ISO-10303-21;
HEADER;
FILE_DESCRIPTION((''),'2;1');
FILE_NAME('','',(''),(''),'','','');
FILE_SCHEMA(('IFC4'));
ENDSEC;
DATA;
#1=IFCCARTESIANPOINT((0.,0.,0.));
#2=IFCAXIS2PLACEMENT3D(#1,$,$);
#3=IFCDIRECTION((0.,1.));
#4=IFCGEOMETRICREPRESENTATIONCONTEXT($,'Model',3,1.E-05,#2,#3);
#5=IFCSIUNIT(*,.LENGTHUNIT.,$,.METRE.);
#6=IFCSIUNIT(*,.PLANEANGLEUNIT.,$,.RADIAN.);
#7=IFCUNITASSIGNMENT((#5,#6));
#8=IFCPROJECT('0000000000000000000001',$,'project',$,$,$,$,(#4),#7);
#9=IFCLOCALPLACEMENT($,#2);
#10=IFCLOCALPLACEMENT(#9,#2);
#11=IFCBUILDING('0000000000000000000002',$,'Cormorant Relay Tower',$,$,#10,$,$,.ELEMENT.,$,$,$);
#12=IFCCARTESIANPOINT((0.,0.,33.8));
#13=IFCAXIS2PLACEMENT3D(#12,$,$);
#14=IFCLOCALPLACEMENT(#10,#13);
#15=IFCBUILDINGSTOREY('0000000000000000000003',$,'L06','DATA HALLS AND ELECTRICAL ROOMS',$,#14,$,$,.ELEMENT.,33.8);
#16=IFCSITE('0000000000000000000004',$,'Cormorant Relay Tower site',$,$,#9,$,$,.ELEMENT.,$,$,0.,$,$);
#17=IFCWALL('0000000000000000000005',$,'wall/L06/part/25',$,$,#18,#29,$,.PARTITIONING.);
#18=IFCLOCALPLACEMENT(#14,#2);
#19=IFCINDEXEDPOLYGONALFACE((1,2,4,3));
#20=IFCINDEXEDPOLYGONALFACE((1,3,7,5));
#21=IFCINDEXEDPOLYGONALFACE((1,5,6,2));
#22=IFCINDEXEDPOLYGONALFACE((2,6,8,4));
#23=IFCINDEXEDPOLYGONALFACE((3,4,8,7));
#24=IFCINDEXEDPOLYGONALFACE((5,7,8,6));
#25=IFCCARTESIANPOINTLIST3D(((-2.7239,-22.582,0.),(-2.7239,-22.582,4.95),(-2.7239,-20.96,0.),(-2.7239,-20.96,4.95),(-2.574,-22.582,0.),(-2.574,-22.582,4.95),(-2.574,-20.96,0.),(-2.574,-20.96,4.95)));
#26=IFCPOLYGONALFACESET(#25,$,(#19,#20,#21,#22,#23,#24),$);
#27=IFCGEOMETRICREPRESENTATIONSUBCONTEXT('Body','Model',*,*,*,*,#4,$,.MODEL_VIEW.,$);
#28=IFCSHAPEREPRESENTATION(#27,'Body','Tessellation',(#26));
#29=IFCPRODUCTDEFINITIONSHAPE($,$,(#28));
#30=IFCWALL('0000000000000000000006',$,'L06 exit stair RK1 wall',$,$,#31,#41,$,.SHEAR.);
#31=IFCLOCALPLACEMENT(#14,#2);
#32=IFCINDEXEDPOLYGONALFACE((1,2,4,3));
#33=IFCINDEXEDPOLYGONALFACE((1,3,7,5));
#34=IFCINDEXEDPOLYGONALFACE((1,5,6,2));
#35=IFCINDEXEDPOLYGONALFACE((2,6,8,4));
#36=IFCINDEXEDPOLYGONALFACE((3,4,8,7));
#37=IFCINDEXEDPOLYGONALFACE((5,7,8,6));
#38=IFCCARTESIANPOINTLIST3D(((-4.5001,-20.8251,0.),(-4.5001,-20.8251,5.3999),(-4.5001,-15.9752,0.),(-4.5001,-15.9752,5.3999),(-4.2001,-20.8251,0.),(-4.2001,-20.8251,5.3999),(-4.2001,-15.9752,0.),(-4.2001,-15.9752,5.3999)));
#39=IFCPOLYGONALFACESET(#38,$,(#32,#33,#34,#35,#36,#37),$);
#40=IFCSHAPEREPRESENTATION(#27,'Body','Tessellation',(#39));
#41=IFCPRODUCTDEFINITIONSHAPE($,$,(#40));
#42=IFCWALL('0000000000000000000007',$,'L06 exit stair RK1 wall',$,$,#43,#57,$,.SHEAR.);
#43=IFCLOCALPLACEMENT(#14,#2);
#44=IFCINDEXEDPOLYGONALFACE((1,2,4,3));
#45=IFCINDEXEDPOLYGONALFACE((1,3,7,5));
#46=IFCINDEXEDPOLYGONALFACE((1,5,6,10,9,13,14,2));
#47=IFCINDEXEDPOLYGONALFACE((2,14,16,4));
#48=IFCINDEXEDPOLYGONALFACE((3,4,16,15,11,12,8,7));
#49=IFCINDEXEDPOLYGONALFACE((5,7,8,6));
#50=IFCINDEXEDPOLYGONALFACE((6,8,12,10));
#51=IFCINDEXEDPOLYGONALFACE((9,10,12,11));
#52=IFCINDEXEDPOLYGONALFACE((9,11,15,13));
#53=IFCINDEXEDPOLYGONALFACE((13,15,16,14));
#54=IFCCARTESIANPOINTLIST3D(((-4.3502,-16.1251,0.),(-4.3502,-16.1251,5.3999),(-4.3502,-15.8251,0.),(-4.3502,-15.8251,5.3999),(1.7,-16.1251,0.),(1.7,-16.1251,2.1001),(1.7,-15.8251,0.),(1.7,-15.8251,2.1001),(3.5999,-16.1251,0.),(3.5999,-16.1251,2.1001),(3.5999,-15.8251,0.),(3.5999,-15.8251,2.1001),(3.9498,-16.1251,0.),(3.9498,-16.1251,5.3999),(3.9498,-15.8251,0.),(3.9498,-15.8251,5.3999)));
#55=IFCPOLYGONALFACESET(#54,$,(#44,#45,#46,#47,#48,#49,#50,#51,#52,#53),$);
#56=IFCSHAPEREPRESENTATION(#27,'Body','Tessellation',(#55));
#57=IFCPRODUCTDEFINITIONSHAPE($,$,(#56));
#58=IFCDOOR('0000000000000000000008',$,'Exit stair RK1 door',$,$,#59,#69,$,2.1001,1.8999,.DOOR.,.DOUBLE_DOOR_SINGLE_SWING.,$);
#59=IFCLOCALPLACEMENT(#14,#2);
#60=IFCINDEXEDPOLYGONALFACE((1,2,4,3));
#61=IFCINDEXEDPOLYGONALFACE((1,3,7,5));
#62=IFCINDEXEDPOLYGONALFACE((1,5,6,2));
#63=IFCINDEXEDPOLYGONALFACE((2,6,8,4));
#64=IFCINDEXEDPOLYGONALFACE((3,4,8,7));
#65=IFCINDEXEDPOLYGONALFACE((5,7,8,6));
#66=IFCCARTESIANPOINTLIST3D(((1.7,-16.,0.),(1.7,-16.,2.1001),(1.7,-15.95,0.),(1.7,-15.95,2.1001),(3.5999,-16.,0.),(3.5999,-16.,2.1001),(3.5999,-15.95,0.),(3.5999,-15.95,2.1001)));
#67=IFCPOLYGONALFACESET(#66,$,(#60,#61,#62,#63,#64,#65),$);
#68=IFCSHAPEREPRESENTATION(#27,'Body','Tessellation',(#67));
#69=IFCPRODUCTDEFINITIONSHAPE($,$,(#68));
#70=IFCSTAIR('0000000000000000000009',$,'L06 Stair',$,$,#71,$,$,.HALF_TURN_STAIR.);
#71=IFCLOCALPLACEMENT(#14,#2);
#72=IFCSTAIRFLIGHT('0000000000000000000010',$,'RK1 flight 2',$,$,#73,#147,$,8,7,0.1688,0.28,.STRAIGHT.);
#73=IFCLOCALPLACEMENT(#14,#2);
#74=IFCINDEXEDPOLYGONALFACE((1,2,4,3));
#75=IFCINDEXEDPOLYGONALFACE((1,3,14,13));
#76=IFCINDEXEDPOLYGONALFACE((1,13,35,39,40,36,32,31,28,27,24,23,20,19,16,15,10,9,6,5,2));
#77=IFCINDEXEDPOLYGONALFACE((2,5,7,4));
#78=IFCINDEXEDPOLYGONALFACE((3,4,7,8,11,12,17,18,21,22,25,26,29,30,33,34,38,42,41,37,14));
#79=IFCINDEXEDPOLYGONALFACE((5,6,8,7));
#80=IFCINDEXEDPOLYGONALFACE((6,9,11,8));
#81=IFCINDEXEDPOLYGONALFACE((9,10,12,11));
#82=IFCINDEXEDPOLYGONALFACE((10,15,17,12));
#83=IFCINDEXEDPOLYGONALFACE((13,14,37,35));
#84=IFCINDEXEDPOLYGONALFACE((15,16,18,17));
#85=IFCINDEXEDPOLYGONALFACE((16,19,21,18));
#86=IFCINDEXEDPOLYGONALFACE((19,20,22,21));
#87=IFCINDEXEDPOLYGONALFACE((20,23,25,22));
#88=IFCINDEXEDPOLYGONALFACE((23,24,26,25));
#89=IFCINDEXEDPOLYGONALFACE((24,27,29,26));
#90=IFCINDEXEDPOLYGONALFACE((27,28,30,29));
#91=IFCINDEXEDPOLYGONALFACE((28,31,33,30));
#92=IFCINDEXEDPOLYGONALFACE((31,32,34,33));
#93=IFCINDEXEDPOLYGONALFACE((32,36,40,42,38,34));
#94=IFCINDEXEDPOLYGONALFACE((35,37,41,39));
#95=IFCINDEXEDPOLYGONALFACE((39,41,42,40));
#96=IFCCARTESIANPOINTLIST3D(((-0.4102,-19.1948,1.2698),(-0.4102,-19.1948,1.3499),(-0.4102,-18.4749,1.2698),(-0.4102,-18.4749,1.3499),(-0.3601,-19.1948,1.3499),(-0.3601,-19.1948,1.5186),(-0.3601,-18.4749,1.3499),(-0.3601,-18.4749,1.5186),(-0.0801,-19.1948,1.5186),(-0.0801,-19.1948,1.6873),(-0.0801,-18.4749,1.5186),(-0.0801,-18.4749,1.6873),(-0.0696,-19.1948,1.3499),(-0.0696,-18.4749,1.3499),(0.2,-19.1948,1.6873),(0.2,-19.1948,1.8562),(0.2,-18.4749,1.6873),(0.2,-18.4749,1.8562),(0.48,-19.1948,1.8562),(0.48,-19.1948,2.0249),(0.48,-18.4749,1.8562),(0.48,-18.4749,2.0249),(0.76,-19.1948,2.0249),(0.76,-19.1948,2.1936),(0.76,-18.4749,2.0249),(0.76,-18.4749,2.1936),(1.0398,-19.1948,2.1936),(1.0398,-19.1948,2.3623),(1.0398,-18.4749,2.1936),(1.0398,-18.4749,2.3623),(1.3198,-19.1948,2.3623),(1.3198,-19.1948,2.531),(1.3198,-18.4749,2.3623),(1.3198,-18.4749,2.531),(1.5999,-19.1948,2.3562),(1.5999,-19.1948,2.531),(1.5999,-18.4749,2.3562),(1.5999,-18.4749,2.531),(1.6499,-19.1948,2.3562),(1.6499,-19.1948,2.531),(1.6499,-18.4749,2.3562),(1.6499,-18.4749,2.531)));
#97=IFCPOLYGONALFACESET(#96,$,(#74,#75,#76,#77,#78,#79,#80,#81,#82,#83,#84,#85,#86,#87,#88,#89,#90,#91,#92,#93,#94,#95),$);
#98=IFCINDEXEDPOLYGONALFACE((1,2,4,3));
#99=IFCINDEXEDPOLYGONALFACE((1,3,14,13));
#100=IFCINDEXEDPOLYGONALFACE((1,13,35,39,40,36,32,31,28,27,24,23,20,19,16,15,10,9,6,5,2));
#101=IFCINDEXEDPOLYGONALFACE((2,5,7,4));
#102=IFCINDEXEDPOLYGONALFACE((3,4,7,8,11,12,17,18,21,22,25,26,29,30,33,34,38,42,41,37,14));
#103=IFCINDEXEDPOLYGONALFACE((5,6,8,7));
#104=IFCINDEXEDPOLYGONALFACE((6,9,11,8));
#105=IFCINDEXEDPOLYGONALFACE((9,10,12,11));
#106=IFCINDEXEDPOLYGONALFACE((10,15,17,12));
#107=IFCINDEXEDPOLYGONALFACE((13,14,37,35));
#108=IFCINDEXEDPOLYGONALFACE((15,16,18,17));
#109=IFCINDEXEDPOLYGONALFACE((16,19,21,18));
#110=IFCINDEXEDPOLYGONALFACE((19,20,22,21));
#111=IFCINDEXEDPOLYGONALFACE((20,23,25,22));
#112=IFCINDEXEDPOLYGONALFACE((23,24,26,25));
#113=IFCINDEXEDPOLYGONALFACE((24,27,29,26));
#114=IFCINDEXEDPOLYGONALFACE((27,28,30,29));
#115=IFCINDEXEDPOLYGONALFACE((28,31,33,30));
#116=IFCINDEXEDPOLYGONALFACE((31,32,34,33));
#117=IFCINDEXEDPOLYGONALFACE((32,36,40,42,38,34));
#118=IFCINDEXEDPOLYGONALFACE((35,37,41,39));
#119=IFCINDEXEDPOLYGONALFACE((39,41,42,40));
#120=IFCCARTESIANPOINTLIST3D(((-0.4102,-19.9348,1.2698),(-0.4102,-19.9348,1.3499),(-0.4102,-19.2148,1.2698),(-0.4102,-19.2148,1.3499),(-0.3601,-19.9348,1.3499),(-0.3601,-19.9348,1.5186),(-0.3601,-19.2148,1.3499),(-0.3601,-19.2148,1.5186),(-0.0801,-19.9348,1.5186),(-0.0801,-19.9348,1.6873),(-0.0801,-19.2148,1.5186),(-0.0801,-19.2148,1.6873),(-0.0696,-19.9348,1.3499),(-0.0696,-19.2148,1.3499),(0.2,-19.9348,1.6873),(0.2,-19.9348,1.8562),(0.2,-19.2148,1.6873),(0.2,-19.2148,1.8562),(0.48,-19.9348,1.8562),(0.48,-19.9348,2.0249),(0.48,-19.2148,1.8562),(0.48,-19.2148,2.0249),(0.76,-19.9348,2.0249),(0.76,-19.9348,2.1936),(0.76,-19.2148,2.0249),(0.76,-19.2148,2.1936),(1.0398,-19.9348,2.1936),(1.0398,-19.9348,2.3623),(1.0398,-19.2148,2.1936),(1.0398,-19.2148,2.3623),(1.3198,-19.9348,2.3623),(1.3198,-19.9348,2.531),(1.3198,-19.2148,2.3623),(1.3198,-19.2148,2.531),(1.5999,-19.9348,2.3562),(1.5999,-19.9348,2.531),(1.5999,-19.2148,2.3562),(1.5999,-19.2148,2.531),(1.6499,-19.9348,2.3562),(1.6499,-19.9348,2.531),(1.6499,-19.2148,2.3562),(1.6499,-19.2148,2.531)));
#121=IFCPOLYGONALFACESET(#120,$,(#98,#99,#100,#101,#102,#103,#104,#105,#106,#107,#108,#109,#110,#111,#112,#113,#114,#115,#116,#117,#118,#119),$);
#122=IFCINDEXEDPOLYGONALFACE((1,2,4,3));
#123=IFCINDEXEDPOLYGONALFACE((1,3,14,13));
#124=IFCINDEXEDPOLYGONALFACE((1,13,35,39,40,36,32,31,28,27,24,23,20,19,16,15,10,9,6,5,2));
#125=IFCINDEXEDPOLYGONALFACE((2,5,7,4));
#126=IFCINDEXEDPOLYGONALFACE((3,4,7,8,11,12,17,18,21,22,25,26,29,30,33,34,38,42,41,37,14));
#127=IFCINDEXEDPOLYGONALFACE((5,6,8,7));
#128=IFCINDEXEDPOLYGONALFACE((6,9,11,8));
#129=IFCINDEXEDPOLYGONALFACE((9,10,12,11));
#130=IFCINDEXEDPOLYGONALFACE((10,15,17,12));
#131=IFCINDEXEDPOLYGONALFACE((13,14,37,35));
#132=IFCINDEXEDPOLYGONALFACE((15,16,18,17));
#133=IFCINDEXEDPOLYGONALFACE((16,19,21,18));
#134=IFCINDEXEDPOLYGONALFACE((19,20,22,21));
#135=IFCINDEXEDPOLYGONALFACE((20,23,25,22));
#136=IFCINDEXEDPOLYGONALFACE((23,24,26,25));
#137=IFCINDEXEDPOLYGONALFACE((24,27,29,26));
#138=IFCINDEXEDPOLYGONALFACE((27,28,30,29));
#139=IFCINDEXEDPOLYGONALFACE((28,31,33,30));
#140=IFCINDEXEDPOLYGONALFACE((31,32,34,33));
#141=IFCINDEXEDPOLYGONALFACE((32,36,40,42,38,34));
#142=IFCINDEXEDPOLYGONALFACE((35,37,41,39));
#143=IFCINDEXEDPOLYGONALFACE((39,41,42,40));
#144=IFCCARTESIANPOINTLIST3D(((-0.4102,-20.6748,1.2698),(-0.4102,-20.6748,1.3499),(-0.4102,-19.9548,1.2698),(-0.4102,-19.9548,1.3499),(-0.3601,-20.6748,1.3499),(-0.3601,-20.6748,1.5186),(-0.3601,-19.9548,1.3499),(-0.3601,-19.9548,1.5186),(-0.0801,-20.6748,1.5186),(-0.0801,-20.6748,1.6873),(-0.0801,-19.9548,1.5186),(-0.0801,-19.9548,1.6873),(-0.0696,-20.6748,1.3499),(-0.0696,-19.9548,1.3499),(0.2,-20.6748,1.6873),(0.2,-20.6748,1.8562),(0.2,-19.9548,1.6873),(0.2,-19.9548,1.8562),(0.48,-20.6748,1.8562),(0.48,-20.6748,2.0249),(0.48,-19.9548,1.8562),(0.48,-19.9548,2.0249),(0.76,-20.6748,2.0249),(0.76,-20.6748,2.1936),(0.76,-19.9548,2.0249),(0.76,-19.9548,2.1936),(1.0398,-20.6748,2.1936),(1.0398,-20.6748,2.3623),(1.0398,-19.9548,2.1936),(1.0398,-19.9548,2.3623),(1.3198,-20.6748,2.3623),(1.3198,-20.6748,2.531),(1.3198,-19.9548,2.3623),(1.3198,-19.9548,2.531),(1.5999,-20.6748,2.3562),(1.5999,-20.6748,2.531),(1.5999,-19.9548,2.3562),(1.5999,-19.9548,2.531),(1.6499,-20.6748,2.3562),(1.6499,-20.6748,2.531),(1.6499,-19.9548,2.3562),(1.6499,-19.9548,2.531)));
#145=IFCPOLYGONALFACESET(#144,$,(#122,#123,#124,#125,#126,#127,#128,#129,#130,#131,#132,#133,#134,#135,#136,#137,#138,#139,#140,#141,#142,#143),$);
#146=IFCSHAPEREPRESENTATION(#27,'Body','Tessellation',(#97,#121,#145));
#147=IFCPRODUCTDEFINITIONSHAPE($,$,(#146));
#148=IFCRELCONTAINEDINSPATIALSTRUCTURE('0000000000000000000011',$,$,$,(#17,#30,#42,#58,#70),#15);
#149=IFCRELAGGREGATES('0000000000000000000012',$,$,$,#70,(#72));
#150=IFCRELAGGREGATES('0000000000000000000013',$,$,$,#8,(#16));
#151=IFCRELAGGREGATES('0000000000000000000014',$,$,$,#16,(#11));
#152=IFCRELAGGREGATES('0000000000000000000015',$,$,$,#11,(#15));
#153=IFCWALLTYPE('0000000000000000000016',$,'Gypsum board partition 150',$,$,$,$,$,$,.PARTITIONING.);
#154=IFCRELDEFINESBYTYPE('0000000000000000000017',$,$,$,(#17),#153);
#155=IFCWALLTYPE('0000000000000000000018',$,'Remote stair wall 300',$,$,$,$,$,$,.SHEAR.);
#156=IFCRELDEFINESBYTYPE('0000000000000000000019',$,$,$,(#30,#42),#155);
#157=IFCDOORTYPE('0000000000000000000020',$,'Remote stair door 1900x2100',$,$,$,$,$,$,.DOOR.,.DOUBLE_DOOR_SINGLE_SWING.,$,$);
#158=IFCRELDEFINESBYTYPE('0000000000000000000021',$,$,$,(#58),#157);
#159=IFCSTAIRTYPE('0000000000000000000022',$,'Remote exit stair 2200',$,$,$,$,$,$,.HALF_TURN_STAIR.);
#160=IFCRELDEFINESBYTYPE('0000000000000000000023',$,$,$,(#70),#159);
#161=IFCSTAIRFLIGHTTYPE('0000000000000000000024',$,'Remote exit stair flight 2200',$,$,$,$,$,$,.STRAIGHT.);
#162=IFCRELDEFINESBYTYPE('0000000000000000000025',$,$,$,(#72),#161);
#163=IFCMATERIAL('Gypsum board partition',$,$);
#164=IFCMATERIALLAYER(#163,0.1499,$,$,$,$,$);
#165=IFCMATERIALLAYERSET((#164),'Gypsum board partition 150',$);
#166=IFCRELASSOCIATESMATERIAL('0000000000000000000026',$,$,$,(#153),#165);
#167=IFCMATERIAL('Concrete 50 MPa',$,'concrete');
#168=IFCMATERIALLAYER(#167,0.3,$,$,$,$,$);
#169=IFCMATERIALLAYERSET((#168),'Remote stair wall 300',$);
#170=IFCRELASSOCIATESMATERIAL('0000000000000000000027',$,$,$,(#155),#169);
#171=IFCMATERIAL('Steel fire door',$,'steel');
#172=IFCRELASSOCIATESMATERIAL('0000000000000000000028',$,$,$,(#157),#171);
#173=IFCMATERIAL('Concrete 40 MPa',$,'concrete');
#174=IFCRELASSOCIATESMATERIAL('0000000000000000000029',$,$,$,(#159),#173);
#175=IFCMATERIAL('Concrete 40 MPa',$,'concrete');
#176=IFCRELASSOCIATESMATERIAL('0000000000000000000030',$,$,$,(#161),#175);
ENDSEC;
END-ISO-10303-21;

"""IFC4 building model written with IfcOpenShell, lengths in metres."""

from ifc_helpers import new_model, si_unit, direction, frame, frame_2d, origin, place, context, subcontext, project, spatial, polyline, rectangle, outline, extrude, material, layer, layer_set, type_object, element, fill, aggregate, save


model = new_model("IFC4")

# Units and contexts
model_context = context("Model", 3, precision=1e-05, world=origin(), true_north=direction((0.0, 1.0)))
body_context = subcontext(model_context, "Body", "Model", "MODEL_VIEW")
ifc_project = project(units=[si_unit("LENGTHUNIT", "METRE"), si_unit("PLANEANGLEUNIT", "RADIAN")], contexts=[model_context])

# Site, building, storey
site_placement = place(None, origin())
site = spatial("IfcSite", under=ifc_project, at=site_placement, Name="Cormorant Relay Tower site", CompositionType="ELEMENT", RefElevation=0.0)
building_placement = place(site_placement, origin())
building = spatial("IfcBuilding", under=site, at=building_placement, Name="Cormorant Relay Tower", CompositionType="ELEMENT")
storey_placement = place(building_placement, frame((0.0, 0.0, 33.8)))
storey = spatial("IfcBuildingStorey", under=building, at=storey_placement, Name="L06", Description="DATA HALLS AND ELECTRICAL ROOMS", CompositionType="ELEMENT", Elevation=33.8)

# Shared definitions
ifc_material_1 = material(Name="Gypsum board partition")
ifc_layer_1 = layer(ifc_material_1, 0.1499)
ifc_layer_set_1 = layer_set([ifc_layer_1], Name="Gypsum board partition 150")
wall_type_1 = type_object("IfcWallType", Name="Gypsum board partition 150", PredefinedType="PARTITIONING", material=ifc_layer_set_1)

# Walls
wall_1_placement = place(storey_placement, frame((-2.6489, -20.96, 0.0), z_axis=(0.0, 0.0, 1.0), x_axis=(0.0, -1.0, 0.0)))
element("IfcWall", 1, at=wall_1_placement, inside=storey, type_object=wall_type_1, Name="wall/L06/part/25", PredefinedType="PARTITIONING", context=body_context, shape_type="SweptSolid", body=[
    extrude(rectangle(XDim=1.6221, YDim=0.1499, at=frame_2d((0.811, 0.0))), origin(), (0.0, 0.0, 1.0), 4.95),
])
ifc_material_2 = material(Name="Concrete 50 MPa", Category="concrete")
ifc_layer_2 = layer(ifc_material_2, 0.3)
ifc_layer_set_2 = layer_set([ifc_layer_2], Name="Remote stair wall 300")
wall_type_2 = type_object("IfcWallType", Name="Remote stair wall 300", PredefinedType="SHEAR", material=ifc_layer_set_2)
wall_2_placement = place(storey_placement, frame((-4.3501, -20.825, 0.0), z_axis=(0.0, 0.0, 1.0), x_axis=(0.0, 1.0, 0.0)))
element("IfcWall", 2, at=wall_2_placement, inside=storey, type_object=wall_type_2, Name="L06 exit stair RK1 wall", PredefinedType="SHEAR", context=body_context, shape_type="SweptSolid", body=[
    extrude(rectangle(XDim=4.8499, YDim=0.3, at=frame_2d((2.4248, 0.0))), origin(), (0.0, 0.0, 1.0), 5.3999),
])

# Wall, opening, door
wall_3_placement = place(storey_placement, frame((-4.3501, -15.9751, 0.0), z_axis=(0.0, 0.0, 1.0), x_axis=(1.0, 0.0, 0.0)))
wall_3 = element("IfcWall", 3, at=wall_3_placement, inside=storey, type_object=wall_type_2, Name="L06 exit stair RK1 wall", PredefinedType="SHEAR", context=body_context, shape_type="SweptSolid", body=[
    extrude(rectangle(XDim=8.3, YDim=0.3, at=frame_2d((4.1499, 0.0))), origin(), (0.0, 0.0, 1.0), 5.3999),
])
opening_1_placement = place(wall_3_placement, frame((6.05, 0.0, 0.0)))
opening_1 = element("IfcOpeningElement", 4, at=opening_1_placement, cuts=wall_3, PredefinedType="OPENING", context=body_context, shape_type="SweptSolid", body=[
    extrude(rectangle(XDim=1.8999, YDim=2.1001, at=frame_2d((0.95, 1.05))), frame((0.0, 0.1599, 0.0), z_axis=(0.0, -1.0, 0.0), x_axis=(1.0, 0.0, 0.0)), (0.0, 0.0, 1.0), 0.3201),
])
ifc_material_3 = material(Name="Steel fire door", Category="steel")
door_type_1 = type_object("IfcDoorType", Name="Remote stair door 1900x2100", OperationType="DOUBLE_DOOR_SINGLE_SWING", PredefinedType="DOOR", material=ifc_material_3)
door_1_placement = place(opening_1_placement, frame((1.8999, 0.0, 0.0), z_axis=(0.0, 0.0, 1.0), x_axis=(-1.0, 0.0, 0.0)))
door_1 = element("IfcDoor", 5, at=door_1_placement, inside=storey, type_object=door_type_1, Name="Exit stair RK1 door", OperationType="DOUBLE_DOOR_SINGLE_SWING", OverallHeight=2.1001, OverallWidth=1.8999, PredefinedType="DOOR", context=body_context, shape_type="SweptSolid", body=[
    extrude(rectangle(XDim=1.8999, YDim=2.1001, at=frame_2d((0.95, 1.05))), frame((0.0, 0.0249, 0.0), z_axis=(0.0, -1.0, 0.0), x_axis=(1.0, 0.0, 0.0)), (0.0, 0.0, 1.0), 0.05),
])
fill(opening_1, door_1)

# Stair, stair flight
ifc_material_4 = material(Name="Concrete 40 MPa", Category="concrete")
stair_type = type_object("IfcStairType", Name="Remote exit stair 2200", PredefinedType="HALF_TURN_STAIR", material=ifc_material_4)
stair_placement = place(storey_placement, origin())
stair = element("IfcStair", 6, at=stair_placement, inside=storey, type_object=stair_type, Name="L06 Stair", PredefinedType="HALF_TURN_STAIR")
ifc_material_5 = material(Name="Concrete 40 MPa", Category="concrete")
stair_flight_type = type_object("IfcStairFlightType", Name="Remote exit stair flight 2200", PredefinedType="STRAIGHT", material=ifc_material_5)
stair_flight_1_placement = place(storey_placement, frame((-0.3601, -19.575, 1.3499), z_axis=(0.0, 0.0, 1.0), x_axis=(1.0, 0.0, 0.0)))
stair_flight_1 = element("IfcStairFlight", 7, at=stair_flight_1_placement, type_object=stair_flight_type, Name="RK1 flight 2", NumberOfRisers=8, NumberOfTreads=7, PredefinedType="STRAIGHT", RiserHeight=0.1688, TreadLength=0.28, context=body_context, shape_type="SweptSolid", body=[
    extrude(outline(polyline([(-0.05, -0.0801), (-0.05, 0.0), (0.0, 0.0), (0.0, 0.1687), (0.28, 0.1687), (0.28, 0.3374), (0.5601, 0.3374), (0.5601, 0.5063), (0.8401, 0.5063), (0.8401, 0.675), (1.1201, 0.675), (1.1201, 0.8438), (1.3999, 0.8438), (1.3999, 1.0125), (1.6799, 1.0125), (1.6799, 1.1812), (1.96, 1.1812), (2.01, 1.1812), (2.01, 1.0063), (1.96, 1.0063), (0.2905, 0.0), (-0.05, -0.0801)])), frame((0.0, 1.1001, 0.0), z_axis=(0.0, -1.0, 0.0), x_axis=(1.0, 0.0, 0.0)), (0.0, 0.0, 1.0), 0.72),
    extrude(outline(polyline([(-0.05, -0.0801), (-0.05, 0.0), (0.0, 0.0), (0.0, 0.1687), (0.28, 0.1687), (0.28, 0.3374), (0.5601, 0.3374), (0.5601, 0.5063), (0.8401, 0.5063), (0.8401, 0.675), (1.1201, 0.675), (1.1201, 0.8438), (1.3999, 0.8438), (1.3999, 1.0125), (1.6799, 1.0125), (1.6799, 1.1812), (1.96, 1.1812), (2.01, 1.1812), (2.01, 1.0063), (1.96, 1.0063), (0.2905, 0.0), (-0.05, -0.0801)])), frame((0.0, 0.3601, 0.0), z_axis=(0.0, -1.0, 0.0), x_axis=(1.0, 0.0, 0.0)), (0.0, 0.0, 1.0), 0.72),
    extrude(outline(polyline([(-0.05, -0.0801), (-0.05, 0.0), (0.0, 0.0), (0.0, 0.1687), (0.28, 0.1687), (0.28, 0.3374), (0.5601, 0.3374), (0.5601, 0.5063), (0.8401, 0.5063), (0.8401, 0.675), (1.1201, 0.675), (1.1201, 0.8438), (1.3999, 0.8438), (1.3999, 1.0125), (1.6799, 1.0125), (1.6799, 1.1812), (1.96, 1.1812), (2.01, 1.1812), (2.01, 1.0063), (1.96, 1.0063), (0.2905, 0.0), (-0.05, -0.0801)])), frame((0.0, -0.3799, 0.0), z_axis=(0.0, -1.0, 0.0), x_axis=(1.0, 0.0, 0.0)), (0.0, 0.0, 1.0), 0.72),
])
aggregate(stair, [stair_flight_1])

save(model, "model.ifc")
